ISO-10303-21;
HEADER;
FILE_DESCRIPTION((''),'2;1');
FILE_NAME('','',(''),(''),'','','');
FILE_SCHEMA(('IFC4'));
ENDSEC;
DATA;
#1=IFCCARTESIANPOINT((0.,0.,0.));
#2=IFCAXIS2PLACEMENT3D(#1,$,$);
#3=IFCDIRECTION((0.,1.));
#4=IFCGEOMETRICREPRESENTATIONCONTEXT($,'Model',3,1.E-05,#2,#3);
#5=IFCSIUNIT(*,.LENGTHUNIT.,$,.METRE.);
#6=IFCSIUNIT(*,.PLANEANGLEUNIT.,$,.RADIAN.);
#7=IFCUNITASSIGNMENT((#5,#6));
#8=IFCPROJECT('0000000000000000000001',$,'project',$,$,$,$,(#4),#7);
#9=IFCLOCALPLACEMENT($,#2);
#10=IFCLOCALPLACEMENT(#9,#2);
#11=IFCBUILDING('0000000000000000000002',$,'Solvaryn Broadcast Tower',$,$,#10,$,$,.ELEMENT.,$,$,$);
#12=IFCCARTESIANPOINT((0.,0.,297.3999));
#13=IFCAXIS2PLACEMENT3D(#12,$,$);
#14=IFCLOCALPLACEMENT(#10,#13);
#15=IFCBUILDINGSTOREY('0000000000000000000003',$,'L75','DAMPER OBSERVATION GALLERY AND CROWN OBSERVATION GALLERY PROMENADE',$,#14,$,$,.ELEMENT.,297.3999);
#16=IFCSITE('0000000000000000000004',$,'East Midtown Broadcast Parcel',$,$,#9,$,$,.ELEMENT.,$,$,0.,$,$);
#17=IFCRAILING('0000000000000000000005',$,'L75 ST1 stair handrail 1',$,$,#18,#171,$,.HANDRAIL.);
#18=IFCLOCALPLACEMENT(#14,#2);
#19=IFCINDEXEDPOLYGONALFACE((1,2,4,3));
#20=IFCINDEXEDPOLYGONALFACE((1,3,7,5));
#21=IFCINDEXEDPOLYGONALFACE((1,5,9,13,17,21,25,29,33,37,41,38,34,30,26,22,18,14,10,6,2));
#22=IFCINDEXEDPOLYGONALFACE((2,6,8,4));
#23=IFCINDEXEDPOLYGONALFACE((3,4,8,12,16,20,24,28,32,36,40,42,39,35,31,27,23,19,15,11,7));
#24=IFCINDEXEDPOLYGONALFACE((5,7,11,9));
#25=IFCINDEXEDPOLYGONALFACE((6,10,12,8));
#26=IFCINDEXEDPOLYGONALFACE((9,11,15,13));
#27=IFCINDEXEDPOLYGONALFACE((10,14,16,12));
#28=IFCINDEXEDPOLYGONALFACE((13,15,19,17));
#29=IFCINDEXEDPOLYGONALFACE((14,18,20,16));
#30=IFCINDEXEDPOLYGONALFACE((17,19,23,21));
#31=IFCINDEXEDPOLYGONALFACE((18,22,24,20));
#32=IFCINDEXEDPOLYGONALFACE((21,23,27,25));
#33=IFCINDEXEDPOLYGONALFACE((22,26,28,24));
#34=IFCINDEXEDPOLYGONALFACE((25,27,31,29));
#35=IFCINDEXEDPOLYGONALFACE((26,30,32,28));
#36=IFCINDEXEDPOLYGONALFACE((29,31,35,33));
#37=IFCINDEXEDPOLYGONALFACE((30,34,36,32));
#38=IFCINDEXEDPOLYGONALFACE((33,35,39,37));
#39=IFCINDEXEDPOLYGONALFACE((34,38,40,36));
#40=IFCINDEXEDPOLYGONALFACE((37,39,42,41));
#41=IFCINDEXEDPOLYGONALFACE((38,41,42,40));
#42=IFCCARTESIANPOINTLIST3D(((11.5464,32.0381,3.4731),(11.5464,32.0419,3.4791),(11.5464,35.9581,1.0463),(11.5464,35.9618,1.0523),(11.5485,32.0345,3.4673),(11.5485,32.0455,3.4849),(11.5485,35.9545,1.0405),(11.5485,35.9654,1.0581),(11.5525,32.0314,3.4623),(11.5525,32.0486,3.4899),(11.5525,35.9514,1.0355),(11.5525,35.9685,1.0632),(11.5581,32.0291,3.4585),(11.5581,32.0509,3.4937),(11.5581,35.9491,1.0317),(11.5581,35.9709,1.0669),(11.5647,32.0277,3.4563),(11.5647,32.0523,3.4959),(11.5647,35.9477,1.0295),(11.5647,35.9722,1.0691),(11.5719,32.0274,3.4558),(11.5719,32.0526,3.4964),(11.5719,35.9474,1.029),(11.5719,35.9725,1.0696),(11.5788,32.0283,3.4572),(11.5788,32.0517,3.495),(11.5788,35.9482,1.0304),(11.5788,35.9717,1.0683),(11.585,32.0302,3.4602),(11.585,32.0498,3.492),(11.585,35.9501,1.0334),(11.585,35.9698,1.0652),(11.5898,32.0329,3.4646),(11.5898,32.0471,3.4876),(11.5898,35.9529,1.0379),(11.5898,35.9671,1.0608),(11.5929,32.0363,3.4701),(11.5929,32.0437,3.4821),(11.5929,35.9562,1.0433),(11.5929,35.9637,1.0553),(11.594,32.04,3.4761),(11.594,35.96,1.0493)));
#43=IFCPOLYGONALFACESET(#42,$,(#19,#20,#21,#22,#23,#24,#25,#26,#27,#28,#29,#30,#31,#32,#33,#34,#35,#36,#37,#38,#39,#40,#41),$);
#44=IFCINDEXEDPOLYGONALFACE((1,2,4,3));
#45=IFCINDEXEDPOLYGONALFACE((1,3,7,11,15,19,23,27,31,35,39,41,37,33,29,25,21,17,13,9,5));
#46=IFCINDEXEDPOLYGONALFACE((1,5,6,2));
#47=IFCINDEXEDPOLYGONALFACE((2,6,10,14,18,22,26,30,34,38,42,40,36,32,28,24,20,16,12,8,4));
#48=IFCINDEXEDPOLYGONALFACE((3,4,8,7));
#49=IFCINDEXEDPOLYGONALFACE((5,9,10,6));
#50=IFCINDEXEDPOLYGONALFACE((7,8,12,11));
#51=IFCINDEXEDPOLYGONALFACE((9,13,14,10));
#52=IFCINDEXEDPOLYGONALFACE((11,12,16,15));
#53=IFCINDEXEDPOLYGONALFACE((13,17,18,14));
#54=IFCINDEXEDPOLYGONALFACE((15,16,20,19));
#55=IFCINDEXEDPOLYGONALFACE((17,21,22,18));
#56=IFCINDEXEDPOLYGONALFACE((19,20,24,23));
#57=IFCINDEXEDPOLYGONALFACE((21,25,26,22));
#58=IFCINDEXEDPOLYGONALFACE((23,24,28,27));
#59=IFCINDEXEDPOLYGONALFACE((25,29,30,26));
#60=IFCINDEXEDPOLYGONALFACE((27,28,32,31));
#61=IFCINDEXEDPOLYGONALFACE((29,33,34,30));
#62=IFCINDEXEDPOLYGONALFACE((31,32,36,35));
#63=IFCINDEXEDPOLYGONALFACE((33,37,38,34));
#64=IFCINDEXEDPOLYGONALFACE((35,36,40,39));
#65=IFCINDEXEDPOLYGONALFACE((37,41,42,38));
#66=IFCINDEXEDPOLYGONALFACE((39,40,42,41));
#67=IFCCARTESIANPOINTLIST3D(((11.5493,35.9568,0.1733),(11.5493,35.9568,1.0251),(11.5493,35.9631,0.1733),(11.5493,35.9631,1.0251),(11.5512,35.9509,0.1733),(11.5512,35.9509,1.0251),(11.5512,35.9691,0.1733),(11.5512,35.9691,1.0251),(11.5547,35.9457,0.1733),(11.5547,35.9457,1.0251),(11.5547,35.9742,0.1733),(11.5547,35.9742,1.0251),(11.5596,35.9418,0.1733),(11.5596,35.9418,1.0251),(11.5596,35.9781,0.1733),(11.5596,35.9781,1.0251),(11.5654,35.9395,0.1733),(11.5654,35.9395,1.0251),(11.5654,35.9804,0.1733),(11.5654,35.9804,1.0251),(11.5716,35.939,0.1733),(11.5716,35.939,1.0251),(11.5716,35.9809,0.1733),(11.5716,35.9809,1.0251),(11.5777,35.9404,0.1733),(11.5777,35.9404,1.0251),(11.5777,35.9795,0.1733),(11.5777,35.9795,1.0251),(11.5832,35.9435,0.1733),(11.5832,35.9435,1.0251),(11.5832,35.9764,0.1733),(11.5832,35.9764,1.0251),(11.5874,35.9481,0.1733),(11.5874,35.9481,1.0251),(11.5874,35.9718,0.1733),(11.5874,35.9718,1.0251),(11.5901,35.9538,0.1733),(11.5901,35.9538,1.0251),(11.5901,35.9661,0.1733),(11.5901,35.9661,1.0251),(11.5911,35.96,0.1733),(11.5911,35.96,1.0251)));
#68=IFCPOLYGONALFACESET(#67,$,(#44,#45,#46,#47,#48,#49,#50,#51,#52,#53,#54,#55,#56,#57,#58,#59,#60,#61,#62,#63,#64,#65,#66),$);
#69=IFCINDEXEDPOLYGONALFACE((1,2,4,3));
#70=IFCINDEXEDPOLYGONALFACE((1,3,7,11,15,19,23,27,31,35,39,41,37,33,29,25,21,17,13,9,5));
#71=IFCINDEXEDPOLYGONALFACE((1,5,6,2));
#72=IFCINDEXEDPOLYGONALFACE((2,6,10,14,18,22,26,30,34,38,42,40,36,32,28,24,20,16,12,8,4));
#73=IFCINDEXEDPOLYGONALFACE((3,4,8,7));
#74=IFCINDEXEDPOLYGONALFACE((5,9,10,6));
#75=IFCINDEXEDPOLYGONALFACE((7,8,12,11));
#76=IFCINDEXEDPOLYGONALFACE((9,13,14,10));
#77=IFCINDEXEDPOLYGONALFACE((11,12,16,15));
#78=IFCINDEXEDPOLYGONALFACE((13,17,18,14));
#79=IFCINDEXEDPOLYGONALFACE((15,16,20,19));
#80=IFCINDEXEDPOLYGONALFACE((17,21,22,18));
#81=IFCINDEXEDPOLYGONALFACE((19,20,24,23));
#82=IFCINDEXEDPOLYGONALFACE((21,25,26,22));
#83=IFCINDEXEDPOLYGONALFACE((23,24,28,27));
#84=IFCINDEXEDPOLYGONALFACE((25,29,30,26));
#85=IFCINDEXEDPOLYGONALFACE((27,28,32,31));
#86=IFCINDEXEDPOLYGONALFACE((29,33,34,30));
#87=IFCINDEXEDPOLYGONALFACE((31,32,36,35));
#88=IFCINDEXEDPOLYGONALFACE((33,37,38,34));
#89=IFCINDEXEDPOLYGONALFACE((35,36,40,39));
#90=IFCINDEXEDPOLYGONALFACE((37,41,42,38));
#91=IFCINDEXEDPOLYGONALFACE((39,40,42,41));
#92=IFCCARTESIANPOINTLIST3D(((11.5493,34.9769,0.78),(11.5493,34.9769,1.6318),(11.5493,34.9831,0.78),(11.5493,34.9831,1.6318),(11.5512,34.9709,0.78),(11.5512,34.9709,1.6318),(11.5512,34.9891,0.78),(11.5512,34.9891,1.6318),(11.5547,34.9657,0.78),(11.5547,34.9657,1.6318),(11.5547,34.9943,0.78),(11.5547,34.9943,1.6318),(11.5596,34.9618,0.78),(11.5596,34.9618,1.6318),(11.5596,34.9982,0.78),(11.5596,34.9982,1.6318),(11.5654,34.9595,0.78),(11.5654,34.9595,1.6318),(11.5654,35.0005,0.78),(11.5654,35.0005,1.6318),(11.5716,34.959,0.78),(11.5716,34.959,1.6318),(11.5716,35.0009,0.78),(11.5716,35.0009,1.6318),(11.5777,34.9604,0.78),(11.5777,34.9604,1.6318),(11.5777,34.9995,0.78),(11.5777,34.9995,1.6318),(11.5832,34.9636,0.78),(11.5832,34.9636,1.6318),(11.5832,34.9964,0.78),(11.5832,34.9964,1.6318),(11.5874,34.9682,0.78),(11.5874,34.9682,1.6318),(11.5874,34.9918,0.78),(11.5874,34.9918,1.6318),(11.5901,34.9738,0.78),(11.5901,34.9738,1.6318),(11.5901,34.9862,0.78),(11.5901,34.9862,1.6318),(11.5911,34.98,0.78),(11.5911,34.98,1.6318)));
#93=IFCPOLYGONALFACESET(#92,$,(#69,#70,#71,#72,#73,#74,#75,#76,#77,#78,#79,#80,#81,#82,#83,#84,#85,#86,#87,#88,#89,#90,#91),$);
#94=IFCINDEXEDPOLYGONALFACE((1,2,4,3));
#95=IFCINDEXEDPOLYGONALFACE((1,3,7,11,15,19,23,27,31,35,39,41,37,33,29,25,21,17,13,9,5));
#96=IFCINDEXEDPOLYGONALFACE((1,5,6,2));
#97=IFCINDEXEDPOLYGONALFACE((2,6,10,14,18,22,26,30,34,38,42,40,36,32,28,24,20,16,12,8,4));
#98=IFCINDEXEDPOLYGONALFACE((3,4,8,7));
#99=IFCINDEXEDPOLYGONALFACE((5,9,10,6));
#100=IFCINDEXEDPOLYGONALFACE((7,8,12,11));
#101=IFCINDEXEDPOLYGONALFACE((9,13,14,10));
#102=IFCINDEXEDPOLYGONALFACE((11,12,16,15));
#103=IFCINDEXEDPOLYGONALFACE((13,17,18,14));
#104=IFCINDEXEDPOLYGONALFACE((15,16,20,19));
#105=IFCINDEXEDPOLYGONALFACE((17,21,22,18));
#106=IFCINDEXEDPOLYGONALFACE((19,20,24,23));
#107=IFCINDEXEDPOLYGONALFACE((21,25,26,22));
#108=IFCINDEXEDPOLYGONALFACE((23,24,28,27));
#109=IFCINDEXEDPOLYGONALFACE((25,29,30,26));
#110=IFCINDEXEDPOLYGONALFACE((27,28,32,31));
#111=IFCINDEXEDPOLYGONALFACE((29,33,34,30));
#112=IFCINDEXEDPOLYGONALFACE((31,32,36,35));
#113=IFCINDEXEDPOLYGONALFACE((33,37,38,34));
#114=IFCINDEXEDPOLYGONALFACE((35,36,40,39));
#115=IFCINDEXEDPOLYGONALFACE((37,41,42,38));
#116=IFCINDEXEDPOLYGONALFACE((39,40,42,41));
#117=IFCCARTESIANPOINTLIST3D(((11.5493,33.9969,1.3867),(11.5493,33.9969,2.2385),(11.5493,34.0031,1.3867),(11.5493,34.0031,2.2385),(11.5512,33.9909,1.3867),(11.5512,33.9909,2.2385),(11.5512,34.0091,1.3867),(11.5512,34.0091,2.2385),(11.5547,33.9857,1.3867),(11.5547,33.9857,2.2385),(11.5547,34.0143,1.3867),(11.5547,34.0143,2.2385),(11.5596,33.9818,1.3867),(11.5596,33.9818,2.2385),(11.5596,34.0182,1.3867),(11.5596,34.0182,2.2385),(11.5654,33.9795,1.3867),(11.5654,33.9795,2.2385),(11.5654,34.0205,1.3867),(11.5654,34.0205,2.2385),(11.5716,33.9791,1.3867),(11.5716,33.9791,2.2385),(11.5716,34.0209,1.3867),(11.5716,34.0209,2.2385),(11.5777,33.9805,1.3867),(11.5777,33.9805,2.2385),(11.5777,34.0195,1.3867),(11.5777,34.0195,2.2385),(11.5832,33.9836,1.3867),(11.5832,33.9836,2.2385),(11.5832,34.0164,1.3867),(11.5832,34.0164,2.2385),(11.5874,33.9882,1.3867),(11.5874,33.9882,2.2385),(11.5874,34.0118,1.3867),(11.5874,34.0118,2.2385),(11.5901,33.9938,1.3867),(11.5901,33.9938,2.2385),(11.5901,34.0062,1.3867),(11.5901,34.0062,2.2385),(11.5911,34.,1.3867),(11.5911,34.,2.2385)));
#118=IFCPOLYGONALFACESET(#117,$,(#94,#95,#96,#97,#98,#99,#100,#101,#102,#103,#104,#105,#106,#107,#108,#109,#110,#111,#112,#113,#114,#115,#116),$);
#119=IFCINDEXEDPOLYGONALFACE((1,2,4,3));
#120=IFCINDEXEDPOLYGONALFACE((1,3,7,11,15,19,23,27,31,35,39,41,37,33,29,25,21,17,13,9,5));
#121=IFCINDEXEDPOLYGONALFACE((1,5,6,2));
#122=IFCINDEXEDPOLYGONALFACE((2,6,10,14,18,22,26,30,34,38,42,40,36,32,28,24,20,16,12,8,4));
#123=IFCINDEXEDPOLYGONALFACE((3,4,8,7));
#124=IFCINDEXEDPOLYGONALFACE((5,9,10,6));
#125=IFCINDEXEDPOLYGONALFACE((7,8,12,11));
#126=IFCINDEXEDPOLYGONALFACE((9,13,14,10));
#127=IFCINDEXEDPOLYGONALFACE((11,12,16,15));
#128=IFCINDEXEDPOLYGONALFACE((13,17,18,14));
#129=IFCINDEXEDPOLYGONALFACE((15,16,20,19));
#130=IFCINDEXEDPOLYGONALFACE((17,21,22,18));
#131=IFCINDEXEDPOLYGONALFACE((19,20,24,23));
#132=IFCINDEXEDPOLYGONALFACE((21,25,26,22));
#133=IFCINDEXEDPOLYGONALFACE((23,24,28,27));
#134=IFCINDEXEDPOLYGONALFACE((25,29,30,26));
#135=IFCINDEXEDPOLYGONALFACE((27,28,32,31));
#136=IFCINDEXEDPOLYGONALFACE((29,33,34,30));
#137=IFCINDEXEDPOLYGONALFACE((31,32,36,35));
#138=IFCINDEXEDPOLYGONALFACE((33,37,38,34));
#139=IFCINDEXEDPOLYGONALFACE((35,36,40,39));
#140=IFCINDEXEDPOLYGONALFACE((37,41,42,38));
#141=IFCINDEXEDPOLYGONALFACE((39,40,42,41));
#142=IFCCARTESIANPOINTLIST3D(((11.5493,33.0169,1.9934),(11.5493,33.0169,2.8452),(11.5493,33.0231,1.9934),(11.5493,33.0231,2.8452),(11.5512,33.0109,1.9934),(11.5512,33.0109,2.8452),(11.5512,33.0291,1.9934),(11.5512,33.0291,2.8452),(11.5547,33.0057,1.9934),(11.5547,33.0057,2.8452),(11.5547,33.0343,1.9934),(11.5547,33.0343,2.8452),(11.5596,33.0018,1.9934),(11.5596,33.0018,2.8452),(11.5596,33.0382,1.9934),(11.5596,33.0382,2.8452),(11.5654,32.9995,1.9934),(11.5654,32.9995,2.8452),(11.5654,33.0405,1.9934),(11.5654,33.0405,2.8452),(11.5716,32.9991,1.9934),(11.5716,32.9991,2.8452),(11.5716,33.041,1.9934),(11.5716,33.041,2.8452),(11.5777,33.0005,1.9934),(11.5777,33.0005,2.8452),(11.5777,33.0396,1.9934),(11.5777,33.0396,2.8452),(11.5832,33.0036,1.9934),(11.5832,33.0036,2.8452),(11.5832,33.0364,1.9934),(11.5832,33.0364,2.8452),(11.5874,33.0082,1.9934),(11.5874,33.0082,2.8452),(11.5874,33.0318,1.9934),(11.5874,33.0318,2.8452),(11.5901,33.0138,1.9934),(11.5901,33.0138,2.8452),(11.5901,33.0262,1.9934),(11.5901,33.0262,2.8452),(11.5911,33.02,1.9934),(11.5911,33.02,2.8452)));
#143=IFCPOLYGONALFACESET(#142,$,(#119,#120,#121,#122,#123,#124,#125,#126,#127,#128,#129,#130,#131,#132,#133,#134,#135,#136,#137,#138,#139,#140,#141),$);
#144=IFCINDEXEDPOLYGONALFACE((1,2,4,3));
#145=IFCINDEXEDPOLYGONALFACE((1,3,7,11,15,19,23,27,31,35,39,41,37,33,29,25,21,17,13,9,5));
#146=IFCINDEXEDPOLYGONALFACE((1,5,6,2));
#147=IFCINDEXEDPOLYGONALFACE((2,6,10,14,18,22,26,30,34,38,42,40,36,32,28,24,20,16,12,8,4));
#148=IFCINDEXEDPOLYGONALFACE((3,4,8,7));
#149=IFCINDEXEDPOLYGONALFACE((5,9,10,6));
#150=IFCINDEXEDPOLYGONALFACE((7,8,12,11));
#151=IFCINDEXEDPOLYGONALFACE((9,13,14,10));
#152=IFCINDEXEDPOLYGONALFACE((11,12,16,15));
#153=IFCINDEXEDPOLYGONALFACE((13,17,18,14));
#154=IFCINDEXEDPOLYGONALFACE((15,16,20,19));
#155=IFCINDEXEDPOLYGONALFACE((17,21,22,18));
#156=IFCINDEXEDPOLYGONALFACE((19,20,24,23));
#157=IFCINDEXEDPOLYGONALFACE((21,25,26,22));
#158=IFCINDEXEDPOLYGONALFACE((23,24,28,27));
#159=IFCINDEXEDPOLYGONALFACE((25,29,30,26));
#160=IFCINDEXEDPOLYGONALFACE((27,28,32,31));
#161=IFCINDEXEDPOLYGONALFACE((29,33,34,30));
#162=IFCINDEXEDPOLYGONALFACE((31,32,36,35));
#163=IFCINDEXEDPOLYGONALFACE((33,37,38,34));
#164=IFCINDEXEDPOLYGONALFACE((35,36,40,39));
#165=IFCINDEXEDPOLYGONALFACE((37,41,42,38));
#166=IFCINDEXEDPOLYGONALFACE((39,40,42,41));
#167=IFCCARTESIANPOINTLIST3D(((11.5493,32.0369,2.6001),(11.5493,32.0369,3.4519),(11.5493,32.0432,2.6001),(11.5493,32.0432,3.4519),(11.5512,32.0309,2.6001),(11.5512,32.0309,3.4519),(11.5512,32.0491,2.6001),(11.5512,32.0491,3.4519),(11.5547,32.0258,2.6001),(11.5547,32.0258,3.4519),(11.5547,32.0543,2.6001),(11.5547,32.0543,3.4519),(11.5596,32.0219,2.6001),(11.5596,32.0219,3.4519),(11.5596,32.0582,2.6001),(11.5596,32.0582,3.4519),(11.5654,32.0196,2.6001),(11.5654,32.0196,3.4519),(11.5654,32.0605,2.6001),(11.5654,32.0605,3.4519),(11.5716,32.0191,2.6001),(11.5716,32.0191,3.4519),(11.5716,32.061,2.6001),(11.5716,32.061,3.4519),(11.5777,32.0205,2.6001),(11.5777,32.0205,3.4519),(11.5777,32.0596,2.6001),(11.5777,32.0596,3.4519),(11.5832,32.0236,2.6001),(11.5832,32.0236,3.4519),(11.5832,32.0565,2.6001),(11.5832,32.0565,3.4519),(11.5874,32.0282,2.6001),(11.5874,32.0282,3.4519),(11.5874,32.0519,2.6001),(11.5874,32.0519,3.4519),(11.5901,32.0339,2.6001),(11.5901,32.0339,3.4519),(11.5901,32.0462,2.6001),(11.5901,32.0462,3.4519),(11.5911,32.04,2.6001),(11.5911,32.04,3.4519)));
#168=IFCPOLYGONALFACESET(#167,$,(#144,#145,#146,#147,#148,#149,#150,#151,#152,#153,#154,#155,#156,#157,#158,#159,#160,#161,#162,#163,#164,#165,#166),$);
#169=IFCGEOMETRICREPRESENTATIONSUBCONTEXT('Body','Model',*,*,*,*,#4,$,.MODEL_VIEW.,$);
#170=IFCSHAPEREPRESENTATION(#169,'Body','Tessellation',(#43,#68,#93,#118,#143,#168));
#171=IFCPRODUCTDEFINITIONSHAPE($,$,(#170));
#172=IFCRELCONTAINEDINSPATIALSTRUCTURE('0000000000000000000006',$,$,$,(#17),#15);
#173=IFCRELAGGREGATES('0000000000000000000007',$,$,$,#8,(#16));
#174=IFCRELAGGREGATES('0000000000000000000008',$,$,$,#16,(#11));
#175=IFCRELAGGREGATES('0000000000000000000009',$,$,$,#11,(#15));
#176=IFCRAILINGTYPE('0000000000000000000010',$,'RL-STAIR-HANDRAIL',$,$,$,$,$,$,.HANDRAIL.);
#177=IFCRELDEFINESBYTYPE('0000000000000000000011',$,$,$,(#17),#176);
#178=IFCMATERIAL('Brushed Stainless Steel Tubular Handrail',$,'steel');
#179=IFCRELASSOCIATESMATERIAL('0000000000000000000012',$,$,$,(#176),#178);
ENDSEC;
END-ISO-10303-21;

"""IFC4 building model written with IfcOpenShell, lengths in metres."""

from ifc_helpers import new_model, si_unit, direction, frame, origin, origin_2d, place, context, subcontext, project, spatial, circle, extrude, material, type_object, element, save


model = new_model("IFC4")

# Units and contexts
model_context = context("Model", 3, precision=1e-05, world=origin(), true_north=direction((0.0, 1.0)))
body_context = subcontext(model_context, "Body", "Model", "MODEL_VIEW")
ifc_project = project(units=[si_unit("LENGTHUNIT", "METRE"), si_unit("PLANEANGLEUNIT", "RADIAN")], contexts=[model_context])

# Site, building, storey
site_placement = place(None, origin())
site = spatial("IfcSite", under=ifc_project, at=site_placement, Name="East Midtown Broadcast Parcel", CompositionType="ELEMENT", RefElevation=0.0)
building_placement = place(site_placement, origin())
building = spatial("IfcBuilding", under=site, at=building_placement, Name="Solvaryn Broadcast Tower", CompositionType="ELEMENT")
storey_placement = place(building_placement, frame((0.0, 0.0, 297.3999)))
storey = spatial("IfcBuildingStorey", under=building, at=storey_placement, Name="L75", Description="DAMPER OBSERVATION GALLERY AND CROWN OBSERVATION GALLERY PROMENADE", CompositionType="ELEMENT", Elevation=297.3999)

# Railing
ifc_material_1 = material(Name="Brushed Stainless Steel Tubular Handrail", Category="steel")
railing_type_1 = type_object("IfcRailingType", Name="RL-STAIR-HANDRAIL", PredefinedType="HANDRAIL", material=ifc_material_1)
railing_1_placement = place(storey_placement, frame((11.5701, 35.96, 0.1733)))
element("IfcRailing", 1, at=railing_1_placement, inside=storey, type_object=railing_type_1, Name="L75 ST1 stair handrail 1", PredefinedType="HANDRAIL", context=body_context, shape_type="SweptSolid", body=[
    extrude(circle(Radius=0.0239, at=origin_2d()), frame((0.0, 0.0, 0.876), z_axis=(0.0, -0.850252, 0.526376), x_axis=(1.0, 0.0, 0.0)), (0.0, 0.0, 1.0), 4.6104),
    extrude(circle(Radius=0.021, at=origin_2d()), origin(), (0.0, 0.0, 1.0), 0.8518),
    extrude(circle(Radius=0.021, at=origin_2d()), frame((0.0, -0.98, 0.6067)), (0.0, 0.0, 1.0), 0.8518),
    extrude(circle(Radius=0.021, at=origin_2d()), frame((0.0, -1.96, 1.2134)), (0.0, 0.0, 1.0), 0.8518),
    extrude(circle(Radius=0.021, at=origin_2d()), frame((0.0, -2.9399, 1.8201)), (0.0, 0.0, 1.0), 0.8518),
    extrude(circle(Radius=0.021, at=origin_2d()), frame((0.0, -3.9199, 2.4268)), (0.0, 0.0, 1.0), 0.8518),
])

save(model, "model.ifc")
